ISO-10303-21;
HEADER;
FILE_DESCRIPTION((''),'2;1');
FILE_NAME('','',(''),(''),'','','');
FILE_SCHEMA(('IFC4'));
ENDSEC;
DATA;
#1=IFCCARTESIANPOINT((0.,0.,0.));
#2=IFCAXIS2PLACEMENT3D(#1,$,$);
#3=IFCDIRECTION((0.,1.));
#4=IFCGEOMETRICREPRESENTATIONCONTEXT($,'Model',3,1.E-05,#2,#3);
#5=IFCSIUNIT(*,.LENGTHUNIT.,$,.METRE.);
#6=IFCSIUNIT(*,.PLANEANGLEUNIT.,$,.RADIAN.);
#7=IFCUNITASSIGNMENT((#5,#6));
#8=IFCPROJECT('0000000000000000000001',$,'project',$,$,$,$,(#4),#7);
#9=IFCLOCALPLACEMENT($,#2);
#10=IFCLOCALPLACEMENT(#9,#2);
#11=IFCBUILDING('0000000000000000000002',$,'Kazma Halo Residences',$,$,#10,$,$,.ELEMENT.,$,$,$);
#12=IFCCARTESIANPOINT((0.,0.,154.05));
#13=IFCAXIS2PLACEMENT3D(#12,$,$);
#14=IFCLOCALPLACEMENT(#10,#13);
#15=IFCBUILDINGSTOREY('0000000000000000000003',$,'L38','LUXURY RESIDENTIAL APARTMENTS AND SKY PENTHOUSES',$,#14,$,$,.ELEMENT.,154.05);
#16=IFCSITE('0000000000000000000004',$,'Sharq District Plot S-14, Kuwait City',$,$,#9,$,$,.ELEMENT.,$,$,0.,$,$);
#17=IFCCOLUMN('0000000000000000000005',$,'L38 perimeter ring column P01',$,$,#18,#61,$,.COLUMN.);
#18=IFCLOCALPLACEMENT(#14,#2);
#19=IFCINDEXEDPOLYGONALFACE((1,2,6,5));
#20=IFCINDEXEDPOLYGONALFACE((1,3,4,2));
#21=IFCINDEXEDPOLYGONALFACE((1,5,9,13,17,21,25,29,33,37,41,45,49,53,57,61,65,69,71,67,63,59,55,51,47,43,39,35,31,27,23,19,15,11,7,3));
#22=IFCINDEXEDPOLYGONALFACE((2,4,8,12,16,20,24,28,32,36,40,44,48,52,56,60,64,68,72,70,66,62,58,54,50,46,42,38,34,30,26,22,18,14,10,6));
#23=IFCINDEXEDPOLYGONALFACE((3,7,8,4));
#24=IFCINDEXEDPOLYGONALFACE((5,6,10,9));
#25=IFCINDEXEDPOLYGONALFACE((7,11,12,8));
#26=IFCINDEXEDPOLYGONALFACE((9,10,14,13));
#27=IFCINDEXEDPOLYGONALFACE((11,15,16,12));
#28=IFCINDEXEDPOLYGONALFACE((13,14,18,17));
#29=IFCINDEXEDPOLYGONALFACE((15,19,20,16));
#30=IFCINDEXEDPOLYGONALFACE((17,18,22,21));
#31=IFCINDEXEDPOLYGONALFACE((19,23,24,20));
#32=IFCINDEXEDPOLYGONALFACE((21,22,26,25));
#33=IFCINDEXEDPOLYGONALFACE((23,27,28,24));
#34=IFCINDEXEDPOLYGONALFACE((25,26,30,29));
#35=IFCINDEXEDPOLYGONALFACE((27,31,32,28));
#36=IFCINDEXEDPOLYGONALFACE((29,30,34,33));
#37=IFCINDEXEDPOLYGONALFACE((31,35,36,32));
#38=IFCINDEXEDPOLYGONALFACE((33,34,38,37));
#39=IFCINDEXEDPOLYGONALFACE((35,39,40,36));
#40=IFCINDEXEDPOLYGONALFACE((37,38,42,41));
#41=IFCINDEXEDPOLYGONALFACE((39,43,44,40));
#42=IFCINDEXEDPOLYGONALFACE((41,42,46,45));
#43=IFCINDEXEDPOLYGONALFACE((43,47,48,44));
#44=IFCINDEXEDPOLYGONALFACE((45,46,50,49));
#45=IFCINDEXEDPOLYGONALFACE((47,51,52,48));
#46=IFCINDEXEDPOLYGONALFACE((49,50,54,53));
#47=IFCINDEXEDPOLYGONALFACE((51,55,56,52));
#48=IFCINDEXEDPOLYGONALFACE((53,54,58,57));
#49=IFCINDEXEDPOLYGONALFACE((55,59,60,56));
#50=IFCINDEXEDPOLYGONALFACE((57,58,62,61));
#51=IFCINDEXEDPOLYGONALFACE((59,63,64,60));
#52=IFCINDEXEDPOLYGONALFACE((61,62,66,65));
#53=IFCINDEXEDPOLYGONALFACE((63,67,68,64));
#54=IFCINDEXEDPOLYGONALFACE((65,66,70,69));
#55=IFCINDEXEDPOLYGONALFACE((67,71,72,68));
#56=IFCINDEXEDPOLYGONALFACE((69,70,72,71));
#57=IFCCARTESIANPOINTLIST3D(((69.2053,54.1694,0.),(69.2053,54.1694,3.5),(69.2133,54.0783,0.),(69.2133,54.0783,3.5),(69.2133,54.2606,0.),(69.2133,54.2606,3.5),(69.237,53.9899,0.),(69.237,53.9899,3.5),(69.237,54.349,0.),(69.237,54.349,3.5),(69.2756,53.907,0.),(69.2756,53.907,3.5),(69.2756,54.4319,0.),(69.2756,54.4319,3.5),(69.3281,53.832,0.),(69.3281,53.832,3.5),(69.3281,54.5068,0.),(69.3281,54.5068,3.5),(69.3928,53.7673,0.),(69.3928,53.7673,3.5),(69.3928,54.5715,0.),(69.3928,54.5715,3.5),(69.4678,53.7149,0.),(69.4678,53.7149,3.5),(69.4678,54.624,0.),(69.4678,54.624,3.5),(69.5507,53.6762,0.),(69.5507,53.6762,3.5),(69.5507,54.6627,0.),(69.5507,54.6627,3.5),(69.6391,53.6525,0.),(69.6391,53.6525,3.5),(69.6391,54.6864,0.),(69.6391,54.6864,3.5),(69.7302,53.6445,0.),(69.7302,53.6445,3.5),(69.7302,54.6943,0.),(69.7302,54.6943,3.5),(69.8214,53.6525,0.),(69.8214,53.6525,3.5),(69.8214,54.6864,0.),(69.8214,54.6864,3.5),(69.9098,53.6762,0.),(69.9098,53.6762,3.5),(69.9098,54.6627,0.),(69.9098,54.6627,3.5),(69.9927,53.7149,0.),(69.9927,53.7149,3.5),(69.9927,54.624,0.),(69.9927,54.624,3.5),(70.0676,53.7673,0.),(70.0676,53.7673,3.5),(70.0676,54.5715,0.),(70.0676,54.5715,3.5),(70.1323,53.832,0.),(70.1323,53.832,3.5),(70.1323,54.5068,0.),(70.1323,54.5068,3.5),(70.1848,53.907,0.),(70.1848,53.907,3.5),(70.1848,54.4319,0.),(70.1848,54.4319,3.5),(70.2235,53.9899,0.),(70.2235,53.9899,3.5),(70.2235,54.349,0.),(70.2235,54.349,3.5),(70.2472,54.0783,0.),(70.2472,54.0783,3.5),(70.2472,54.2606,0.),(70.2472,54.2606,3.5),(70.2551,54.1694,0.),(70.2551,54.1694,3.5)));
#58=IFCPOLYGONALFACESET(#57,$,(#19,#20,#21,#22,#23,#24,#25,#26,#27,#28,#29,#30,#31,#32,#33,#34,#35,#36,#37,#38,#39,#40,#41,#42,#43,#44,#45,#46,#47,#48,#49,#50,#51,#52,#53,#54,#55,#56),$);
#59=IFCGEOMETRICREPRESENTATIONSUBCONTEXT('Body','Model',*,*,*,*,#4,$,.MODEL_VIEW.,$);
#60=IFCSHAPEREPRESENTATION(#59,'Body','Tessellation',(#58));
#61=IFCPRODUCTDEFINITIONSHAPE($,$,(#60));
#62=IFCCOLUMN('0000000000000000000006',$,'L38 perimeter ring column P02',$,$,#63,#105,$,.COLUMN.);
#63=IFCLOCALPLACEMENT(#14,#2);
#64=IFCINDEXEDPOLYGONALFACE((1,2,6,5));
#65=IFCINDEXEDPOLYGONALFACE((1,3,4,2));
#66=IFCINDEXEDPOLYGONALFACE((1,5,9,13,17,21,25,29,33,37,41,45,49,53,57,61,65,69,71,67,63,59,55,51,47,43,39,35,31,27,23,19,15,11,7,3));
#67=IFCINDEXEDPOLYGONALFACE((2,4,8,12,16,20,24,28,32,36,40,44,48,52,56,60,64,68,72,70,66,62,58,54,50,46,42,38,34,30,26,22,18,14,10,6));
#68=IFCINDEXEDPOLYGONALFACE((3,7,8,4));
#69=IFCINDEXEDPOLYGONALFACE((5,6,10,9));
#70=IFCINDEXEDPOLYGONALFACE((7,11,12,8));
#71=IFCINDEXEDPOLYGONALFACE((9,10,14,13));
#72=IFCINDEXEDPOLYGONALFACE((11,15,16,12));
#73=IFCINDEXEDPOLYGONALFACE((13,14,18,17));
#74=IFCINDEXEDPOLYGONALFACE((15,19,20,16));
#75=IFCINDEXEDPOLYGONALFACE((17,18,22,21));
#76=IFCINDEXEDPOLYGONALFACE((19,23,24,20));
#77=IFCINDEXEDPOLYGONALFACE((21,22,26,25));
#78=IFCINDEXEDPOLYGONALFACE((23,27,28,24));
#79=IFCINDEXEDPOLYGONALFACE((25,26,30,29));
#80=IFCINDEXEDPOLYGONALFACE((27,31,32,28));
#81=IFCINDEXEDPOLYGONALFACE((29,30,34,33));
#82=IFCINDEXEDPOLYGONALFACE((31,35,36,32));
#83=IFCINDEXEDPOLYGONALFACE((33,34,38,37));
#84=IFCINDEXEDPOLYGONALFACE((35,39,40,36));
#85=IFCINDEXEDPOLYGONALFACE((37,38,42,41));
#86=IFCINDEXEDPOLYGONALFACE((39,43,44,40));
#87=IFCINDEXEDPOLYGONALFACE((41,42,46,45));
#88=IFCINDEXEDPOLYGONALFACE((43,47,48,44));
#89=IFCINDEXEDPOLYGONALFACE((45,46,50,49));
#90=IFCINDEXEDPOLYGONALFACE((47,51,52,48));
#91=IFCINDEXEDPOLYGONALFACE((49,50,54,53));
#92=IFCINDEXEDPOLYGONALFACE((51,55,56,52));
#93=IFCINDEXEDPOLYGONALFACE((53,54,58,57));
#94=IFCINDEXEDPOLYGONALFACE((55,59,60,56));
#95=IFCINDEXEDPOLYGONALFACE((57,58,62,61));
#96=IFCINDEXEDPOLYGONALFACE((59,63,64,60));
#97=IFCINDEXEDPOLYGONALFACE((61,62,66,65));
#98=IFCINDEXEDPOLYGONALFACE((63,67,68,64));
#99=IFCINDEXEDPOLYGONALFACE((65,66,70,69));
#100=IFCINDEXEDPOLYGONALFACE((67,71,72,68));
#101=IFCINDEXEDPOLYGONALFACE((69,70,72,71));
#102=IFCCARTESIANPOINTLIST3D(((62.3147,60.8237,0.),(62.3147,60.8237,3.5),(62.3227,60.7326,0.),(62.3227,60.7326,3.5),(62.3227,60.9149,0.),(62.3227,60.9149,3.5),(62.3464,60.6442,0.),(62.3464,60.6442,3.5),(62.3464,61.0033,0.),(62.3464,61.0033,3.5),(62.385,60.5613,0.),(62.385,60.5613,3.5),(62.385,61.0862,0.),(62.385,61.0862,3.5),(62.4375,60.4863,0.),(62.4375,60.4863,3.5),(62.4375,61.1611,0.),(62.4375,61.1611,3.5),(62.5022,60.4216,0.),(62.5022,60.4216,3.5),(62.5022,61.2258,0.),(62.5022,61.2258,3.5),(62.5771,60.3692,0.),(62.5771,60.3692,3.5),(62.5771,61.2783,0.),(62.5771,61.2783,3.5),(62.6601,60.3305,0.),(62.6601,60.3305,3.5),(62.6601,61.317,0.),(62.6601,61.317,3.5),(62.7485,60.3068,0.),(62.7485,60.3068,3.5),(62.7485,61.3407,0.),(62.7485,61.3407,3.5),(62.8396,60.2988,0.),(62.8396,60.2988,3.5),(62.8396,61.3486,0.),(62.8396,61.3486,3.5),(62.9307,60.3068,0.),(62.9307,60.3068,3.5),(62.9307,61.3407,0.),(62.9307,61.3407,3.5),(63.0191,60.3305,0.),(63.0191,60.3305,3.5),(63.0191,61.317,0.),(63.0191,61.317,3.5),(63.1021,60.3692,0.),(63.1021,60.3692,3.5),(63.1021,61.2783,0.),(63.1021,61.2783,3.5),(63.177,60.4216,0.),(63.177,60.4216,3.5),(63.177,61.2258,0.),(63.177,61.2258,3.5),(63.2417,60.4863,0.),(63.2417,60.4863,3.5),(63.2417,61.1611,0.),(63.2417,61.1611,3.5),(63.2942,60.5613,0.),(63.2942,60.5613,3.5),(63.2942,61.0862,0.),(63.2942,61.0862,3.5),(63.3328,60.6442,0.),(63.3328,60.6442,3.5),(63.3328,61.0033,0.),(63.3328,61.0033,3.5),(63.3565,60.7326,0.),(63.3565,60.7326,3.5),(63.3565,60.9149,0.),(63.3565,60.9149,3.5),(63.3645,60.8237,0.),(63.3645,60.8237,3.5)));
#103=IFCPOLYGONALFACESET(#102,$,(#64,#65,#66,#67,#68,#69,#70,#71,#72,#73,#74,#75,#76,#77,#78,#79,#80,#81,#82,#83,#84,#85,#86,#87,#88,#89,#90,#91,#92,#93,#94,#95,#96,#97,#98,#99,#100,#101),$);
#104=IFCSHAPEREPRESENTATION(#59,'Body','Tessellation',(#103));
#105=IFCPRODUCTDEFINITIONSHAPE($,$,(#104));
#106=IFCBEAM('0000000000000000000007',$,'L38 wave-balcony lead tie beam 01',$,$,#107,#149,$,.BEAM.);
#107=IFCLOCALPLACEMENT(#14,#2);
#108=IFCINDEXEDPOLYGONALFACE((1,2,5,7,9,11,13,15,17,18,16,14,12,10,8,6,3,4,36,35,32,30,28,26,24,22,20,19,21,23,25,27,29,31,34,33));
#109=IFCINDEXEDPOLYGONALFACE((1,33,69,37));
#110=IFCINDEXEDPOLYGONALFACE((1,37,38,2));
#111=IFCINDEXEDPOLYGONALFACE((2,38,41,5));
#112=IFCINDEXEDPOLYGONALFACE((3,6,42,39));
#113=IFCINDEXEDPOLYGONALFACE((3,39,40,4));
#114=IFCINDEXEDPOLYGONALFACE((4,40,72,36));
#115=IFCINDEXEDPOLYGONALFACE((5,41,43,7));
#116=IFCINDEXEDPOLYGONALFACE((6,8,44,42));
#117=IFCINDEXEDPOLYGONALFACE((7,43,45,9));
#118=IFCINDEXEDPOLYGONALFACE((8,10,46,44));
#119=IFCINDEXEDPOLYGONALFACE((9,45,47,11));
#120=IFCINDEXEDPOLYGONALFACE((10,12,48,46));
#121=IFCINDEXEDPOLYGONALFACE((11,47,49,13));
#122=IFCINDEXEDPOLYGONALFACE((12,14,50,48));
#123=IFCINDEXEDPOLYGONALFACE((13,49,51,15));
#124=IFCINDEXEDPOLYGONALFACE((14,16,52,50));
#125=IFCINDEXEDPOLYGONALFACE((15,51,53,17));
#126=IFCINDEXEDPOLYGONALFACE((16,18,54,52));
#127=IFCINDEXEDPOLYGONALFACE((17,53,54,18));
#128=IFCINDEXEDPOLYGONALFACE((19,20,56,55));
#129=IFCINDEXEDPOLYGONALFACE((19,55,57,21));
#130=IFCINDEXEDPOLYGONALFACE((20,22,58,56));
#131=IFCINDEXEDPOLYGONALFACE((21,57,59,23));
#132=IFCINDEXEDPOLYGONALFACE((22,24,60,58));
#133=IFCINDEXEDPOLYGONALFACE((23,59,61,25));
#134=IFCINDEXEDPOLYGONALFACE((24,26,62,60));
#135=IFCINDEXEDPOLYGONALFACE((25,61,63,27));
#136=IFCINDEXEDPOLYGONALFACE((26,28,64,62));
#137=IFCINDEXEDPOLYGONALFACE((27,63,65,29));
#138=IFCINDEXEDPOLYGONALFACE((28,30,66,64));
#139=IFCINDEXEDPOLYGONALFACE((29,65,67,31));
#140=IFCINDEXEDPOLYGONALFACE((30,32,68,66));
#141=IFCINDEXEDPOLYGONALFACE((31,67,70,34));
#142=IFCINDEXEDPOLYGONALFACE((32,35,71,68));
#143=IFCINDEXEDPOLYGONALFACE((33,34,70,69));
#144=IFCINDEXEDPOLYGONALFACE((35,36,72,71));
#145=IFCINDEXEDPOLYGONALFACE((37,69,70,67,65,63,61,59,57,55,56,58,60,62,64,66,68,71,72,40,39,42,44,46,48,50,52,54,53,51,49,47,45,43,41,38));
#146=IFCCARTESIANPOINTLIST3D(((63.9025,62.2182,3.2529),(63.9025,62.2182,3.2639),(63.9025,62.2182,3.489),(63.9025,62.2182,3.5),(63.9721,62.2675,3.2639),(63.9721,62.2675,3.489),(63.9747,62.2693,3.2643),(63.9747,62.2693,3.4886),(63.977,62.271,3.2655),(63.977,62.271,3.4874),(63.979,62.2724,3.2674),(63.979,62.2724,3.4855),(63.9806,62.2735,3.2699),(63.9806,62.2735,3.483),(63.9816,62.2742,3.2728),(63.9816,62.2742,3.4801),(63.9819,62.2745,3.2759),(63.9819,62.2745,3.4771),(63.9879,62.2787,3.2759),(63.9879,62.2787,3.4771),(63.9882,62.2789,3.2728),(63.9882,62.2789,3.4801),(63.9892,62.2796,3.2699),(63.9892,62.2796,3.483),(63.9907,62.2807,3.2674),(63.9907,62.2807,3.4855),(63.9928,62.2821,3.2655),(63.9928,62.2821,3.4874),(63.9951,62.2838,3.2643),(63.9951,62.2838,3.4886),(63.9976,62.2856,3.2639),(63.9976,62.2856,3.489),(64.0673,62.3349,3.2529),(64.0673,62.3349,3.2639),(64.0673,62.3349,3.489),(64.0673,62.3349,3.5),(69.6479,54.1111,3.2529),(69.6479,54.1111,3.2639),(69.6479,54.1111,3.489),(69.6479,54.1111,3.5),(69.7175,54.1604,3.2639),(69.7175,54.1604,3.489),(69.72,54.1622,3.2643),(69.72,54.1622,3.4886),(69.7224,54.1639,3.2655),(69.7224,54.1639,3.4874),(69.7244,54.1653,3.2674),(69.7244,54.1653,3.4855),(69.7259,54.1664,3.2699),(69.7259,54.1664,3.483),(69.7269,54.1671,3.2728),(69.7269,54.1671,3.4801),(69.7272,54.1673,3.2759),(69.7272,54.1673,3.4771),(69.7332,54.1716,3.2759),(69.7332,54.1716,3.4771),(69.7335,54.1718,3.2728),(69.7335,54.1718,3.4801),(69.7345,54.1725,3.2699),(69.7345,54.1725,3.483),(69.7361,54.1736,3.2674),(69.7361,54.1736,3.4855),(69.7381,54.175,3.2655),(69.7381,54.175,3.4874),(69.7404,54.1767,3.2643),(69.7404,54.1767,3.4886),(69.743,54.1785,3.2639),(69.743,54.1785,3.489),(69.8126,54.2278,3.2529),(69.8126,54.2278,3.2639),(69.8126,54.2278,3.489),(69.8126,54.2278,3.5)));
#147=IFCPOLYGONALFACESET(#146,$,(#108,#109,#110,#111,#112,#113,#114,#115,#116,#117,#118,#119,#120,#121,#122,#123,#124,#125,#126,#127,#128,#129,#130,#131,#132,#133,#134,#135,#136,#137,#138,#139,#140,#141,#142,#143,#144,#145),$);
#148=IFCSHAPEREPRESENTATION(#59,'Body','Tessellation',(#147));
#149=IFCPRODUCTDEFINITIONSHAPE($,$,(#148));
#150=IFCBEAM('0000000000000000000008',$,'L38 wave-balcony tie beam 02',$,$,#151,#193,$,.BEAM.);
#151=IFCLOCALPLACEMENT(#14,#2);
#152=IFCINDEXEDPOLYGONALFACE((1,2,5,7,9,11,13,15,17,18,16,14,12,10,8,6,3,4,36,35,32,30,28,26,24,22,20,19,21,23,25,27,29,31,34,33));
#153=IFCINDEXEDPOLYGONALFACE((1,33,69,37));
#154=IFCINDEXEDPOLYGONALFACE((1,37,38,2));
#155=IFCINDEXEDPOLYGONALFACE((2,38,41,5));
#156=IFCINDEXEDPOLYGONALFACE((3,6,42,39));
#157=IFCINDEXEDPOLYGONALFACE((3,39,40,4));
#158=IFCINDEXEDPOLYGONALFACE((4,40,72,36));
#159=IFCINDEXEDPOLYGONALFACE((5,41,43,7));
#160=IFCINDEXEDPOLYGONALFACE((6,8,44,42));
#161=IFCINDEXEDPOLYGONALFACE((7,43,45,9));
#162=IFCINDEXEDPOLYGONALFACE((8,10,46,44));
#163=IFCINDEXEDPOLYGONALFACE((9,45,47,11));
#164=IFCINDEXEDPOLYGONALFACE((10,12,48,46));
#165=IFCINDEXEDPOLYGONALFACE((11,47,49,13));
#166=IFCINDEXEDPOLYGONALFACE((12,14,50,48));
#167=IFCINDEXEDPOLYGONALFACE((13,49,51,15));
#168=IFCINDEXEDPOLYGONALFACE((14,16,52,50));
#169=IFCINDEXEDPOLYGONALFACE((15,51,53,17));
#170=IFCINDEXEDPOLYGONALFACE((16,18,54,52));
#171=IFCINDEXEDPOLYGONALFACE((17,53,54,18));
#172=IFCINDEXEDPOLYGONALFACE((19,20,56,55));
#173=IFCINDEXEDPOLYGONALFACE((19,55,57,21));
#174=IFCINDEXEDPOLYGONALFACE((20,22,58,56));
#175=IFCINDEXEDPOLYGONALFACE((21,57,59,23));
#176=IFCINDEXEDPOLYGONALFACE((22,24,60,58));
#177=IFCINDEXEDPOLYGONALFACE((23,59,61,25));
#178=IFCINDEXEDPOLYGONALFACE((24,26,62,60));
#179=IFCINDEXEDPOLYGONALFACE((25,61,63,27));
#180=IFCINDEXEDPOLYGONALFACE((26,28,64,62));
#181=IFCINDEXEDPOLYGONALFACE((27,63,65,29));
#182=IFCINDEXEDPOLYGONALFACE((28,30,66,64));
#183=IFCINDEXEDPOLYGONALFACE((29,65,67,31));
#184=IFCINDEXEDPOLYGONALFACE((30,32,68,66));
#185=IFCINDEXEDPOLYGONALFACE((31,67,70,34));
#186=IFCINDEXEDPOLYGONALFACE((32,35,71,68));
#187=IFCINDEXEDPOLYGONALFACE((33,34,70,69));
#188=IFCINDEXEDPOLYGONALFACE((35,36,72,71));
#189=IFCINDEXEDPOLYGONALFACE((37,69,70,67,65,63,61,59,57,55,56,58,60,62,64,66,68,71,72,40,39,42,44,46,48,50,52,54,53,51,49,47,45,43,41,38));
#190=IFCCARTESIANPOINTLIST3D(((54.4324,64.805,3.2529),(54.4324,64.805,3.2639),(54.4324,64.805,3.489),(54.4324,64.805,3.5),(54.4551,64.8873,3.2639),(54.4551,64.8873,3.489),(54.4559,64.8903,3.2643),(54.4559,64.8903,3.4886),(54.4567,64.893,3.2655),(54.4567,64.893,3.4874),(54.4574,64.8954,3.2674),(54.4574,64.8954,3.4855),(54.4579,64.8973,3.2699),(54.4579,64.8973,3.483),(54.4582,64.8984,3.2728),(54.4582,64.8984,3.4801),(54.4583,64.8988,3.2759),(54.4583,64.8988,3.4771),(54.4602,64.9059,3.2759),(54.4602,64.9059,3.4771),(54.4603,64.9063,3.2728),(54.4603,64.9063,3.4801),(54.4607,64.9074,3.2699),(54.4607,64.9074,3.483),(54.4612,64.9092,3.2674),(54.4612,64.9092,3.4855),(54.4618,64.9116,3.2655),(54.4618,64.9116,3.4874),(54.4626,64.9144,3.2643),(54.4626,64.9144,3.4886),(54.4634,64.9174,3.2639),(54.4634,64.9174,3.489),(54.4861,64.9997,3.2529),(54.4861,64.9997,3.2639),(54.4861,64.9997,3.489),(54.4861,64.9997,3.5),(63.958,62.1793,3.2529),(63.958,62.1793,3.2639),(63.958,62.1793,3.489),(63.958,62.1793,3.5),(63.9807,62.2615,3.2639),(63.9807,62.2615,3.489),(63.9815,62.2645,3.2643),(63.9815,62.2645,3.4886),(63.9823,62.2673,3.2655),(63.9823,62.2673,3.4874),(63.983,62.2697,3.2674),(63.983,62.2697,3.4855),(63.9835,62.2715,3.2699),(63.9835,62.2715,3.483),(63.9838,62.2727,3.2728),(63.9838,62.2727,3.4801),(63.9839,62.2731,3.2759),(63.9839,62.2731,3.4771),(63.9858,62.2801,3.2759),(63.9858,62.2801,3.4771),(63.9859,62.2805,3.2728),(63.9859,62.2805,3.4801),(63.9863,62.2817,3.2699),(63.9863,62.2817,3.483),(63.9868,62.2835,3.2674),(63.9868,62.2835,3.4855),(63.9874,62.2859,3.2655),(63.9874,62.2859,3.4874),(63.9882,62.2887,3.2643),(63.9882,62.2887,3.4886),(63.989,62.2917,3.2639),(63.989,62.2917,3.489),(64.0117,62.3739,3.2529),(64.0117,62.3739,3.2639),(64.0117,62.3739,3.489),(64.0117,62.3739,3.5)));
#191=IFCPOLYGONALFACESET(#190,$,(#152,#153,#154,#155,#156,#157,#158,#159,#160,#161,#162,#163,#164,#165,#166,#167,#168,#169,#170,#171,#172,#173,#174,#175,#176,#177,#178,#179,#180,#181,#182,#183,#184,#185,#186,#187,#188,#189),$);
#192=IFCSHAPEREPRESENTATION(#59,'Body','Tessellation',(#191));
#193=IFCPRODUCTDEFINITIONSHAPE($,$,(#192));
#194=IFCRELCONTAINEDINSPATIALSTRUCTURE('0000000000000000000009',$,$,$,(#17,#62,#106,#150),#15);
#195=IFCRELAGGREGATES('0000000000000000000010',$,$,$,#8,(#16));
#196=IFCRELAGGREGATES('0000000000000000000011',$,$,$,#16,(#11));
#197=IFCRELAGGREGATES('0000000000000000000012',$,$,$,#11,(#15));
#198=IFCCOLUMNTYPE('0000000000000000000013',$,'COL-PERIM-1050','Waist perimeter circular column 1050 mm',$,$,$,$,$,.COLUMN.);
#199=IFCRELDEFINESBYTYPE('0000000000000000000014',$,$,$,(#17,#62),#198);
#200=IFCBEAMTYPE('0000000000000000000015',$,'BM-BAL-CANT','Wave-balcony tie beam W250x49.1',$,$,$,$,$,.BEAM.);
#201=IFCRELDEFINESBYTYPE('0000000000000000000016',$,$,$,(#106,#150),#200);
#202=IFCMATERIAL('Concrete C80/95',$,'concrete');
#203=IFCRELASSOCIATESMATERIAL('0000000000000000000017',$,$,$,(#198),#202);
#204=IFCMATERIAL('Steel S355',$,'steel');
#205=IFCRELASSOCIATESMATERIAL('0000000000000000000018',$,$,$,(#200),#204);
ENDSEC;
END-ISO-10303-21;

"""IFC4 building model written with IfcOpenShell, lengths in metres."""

from ifc_helpers import new_model, si_unit, direction, frame, origin, origin_2d, place, context, subcontext, project, spatial, circle, i_section, extrude, material, material_profile, profile_set, type_object, element, save


model = new_model("IFC4")

# Units and contexts
model_context = context("Model", 3, precision=1e-05, world=origin(), true_north=direction((0.0, 1.0)))
body_context = subcontext(model_context, "Body", "Model", "MODEL_VIEW")
ifc_project = project(units=[si_unit("LENGTHUNIT", "METRE"), si_unit("PLANEANGLEUNIT", "RADIAN")], contexts=[model_context])

# Site, building, storey
site_placement = place(None, origin())
site = spatial("IfcSite", under=ifc_project, at=site_placement, Name="Sharq District Plot S-14, Kuwait City", CompositionType="ELEMENT", RefElevation=0.0)
building_placement = place(site_placement, origin())
building = spatial("IfcBuilding", under=site, at=building_placement, Name="Kazma Halo Residences", CompositionType="ELEMENT")
storey_placement = place(building_placement, frame((0.0, 0.0, 154.05)))
storey = spatial("IfcBuildingStorey", under=building, at=storey_placement, Name="L38", Description="LUXURY RESIDENTIAL APARTMENTS AND SKY PENTHOUSES", CompositionType="ELEMENT", Elevation=154.05)

# Columns
ifc_material_1 = material(Name="Concrete C80/95", Category="concrete")
ifc_material_profile_1 = material_profile(ifc_material_1, circle(Radius=0.5249, at=origin_2d()), Name="CIRC1050")
ifc_profile_set_1 = profile_set([ifc_material_profile_1], Name="Concrete C80/95")
column_type = type_object("IfcColumnType", Name="COL-PERIM-1050", Description="Waist perimeter circular column 1050 mm", PredefinedType="COLUMN", material=ifc_profile_set_1)
for number, where, z_axis, x_axis, name in (
    (1, (69.7302, 54.1694, 0.0), (0.0, 0.0, 1.0), (1.0, 0.0, 0.0), "L38 perimeter ring column P01"),
    (2, (62.8396, 60.8237, 0.0), (0.0, 0.0, 1.0), (1.0, 0.0, 0.0), "L38 perimeter ring column P02"),
):
    element("IfcColumn", number, at=place(storey_placement, frame(where, z_axis=z_axis, x_axis=x_axis)), inside=storey, type_object=column_type, Name=name, PredefinedType="COLUMN", context=body_context, shape_type="SweptSolid", body=[
        extrude(circle(Radius=0.5249, at=origin_2d()), origin(), (0.0, 0.0, 1.0), 3.5),
    ])

# Beams
ifc_material_2 = material(Name="Steel S355", Category="steel")
ifc_material_profile_2 = material_profile(ifc_material_2, i_section(OverallWidth=0.2019, OverallDepth=0.2471, WebThickness=0.0073, FlangeThickness=0.011, FilletRadius=0.012, at=origin_2d()), Name="W250x49.1")
ifc_profile_set_2 = profile_set([ifc_material_profile_2], Name="Steel S355")
beam_type_1 = type_object("IfcBeamType", Name="BM-BAL-CANT", Description="Wave-balcony tie beam W250x49.1", PredefinedType="BEAM", material=ifc_profile_set_2)
beam_1_placement = place(storey_placement, frame((69.7302, 54.1694, 3.3765), z_axis=(-0.578203, 0.815893, 0.0), x_axis=(-0.815893, -0.578203, 0.0)))
element("IfcBeam", 3, at=beam_1_placement, inside=storey, type_object=beam_type_1, Name="L38 wave-balcony lead tie beam 01", PredefinedType="BEAM", context=body_context, shape_type="SweptSolid", body=[
    extrude(i_section(OverallWidth=0.2019, OverallDepth=0.2471, WebThickness=0.0073, FlangeThickness=0.011, FilletRadius=0.012, at=origin_2d()), origin(), (0.0, 0.0, 1.0), 9.9365),
])
beam_2_placement = place(storey_placement, frame((63.9849, 62.2766, 3.3765), z_axis=(-0.964045, 0.265738, 0.0), x_axis=(-0.265738, -0.964045, 0.0)))
element("IfcBeam", 4, at=beam_2_placement, inside=storey, type_object=beam_type_1, Name="L38 wave-balcony tie beam 02", PredefinedType="BEAM", context=body_context, shape_type="SweptSolid", body=[
    extrude(i_section(OverallWidth=0.2019, OverallDepth=0.2471, WebThickness=0.0073, FlangeThickness=0.011, FilletRadius=0.012, at=origin_2d()), origin(), (0.0, 0.0, 1.0), 9.8809),
])

save(model, "model.ifc")
